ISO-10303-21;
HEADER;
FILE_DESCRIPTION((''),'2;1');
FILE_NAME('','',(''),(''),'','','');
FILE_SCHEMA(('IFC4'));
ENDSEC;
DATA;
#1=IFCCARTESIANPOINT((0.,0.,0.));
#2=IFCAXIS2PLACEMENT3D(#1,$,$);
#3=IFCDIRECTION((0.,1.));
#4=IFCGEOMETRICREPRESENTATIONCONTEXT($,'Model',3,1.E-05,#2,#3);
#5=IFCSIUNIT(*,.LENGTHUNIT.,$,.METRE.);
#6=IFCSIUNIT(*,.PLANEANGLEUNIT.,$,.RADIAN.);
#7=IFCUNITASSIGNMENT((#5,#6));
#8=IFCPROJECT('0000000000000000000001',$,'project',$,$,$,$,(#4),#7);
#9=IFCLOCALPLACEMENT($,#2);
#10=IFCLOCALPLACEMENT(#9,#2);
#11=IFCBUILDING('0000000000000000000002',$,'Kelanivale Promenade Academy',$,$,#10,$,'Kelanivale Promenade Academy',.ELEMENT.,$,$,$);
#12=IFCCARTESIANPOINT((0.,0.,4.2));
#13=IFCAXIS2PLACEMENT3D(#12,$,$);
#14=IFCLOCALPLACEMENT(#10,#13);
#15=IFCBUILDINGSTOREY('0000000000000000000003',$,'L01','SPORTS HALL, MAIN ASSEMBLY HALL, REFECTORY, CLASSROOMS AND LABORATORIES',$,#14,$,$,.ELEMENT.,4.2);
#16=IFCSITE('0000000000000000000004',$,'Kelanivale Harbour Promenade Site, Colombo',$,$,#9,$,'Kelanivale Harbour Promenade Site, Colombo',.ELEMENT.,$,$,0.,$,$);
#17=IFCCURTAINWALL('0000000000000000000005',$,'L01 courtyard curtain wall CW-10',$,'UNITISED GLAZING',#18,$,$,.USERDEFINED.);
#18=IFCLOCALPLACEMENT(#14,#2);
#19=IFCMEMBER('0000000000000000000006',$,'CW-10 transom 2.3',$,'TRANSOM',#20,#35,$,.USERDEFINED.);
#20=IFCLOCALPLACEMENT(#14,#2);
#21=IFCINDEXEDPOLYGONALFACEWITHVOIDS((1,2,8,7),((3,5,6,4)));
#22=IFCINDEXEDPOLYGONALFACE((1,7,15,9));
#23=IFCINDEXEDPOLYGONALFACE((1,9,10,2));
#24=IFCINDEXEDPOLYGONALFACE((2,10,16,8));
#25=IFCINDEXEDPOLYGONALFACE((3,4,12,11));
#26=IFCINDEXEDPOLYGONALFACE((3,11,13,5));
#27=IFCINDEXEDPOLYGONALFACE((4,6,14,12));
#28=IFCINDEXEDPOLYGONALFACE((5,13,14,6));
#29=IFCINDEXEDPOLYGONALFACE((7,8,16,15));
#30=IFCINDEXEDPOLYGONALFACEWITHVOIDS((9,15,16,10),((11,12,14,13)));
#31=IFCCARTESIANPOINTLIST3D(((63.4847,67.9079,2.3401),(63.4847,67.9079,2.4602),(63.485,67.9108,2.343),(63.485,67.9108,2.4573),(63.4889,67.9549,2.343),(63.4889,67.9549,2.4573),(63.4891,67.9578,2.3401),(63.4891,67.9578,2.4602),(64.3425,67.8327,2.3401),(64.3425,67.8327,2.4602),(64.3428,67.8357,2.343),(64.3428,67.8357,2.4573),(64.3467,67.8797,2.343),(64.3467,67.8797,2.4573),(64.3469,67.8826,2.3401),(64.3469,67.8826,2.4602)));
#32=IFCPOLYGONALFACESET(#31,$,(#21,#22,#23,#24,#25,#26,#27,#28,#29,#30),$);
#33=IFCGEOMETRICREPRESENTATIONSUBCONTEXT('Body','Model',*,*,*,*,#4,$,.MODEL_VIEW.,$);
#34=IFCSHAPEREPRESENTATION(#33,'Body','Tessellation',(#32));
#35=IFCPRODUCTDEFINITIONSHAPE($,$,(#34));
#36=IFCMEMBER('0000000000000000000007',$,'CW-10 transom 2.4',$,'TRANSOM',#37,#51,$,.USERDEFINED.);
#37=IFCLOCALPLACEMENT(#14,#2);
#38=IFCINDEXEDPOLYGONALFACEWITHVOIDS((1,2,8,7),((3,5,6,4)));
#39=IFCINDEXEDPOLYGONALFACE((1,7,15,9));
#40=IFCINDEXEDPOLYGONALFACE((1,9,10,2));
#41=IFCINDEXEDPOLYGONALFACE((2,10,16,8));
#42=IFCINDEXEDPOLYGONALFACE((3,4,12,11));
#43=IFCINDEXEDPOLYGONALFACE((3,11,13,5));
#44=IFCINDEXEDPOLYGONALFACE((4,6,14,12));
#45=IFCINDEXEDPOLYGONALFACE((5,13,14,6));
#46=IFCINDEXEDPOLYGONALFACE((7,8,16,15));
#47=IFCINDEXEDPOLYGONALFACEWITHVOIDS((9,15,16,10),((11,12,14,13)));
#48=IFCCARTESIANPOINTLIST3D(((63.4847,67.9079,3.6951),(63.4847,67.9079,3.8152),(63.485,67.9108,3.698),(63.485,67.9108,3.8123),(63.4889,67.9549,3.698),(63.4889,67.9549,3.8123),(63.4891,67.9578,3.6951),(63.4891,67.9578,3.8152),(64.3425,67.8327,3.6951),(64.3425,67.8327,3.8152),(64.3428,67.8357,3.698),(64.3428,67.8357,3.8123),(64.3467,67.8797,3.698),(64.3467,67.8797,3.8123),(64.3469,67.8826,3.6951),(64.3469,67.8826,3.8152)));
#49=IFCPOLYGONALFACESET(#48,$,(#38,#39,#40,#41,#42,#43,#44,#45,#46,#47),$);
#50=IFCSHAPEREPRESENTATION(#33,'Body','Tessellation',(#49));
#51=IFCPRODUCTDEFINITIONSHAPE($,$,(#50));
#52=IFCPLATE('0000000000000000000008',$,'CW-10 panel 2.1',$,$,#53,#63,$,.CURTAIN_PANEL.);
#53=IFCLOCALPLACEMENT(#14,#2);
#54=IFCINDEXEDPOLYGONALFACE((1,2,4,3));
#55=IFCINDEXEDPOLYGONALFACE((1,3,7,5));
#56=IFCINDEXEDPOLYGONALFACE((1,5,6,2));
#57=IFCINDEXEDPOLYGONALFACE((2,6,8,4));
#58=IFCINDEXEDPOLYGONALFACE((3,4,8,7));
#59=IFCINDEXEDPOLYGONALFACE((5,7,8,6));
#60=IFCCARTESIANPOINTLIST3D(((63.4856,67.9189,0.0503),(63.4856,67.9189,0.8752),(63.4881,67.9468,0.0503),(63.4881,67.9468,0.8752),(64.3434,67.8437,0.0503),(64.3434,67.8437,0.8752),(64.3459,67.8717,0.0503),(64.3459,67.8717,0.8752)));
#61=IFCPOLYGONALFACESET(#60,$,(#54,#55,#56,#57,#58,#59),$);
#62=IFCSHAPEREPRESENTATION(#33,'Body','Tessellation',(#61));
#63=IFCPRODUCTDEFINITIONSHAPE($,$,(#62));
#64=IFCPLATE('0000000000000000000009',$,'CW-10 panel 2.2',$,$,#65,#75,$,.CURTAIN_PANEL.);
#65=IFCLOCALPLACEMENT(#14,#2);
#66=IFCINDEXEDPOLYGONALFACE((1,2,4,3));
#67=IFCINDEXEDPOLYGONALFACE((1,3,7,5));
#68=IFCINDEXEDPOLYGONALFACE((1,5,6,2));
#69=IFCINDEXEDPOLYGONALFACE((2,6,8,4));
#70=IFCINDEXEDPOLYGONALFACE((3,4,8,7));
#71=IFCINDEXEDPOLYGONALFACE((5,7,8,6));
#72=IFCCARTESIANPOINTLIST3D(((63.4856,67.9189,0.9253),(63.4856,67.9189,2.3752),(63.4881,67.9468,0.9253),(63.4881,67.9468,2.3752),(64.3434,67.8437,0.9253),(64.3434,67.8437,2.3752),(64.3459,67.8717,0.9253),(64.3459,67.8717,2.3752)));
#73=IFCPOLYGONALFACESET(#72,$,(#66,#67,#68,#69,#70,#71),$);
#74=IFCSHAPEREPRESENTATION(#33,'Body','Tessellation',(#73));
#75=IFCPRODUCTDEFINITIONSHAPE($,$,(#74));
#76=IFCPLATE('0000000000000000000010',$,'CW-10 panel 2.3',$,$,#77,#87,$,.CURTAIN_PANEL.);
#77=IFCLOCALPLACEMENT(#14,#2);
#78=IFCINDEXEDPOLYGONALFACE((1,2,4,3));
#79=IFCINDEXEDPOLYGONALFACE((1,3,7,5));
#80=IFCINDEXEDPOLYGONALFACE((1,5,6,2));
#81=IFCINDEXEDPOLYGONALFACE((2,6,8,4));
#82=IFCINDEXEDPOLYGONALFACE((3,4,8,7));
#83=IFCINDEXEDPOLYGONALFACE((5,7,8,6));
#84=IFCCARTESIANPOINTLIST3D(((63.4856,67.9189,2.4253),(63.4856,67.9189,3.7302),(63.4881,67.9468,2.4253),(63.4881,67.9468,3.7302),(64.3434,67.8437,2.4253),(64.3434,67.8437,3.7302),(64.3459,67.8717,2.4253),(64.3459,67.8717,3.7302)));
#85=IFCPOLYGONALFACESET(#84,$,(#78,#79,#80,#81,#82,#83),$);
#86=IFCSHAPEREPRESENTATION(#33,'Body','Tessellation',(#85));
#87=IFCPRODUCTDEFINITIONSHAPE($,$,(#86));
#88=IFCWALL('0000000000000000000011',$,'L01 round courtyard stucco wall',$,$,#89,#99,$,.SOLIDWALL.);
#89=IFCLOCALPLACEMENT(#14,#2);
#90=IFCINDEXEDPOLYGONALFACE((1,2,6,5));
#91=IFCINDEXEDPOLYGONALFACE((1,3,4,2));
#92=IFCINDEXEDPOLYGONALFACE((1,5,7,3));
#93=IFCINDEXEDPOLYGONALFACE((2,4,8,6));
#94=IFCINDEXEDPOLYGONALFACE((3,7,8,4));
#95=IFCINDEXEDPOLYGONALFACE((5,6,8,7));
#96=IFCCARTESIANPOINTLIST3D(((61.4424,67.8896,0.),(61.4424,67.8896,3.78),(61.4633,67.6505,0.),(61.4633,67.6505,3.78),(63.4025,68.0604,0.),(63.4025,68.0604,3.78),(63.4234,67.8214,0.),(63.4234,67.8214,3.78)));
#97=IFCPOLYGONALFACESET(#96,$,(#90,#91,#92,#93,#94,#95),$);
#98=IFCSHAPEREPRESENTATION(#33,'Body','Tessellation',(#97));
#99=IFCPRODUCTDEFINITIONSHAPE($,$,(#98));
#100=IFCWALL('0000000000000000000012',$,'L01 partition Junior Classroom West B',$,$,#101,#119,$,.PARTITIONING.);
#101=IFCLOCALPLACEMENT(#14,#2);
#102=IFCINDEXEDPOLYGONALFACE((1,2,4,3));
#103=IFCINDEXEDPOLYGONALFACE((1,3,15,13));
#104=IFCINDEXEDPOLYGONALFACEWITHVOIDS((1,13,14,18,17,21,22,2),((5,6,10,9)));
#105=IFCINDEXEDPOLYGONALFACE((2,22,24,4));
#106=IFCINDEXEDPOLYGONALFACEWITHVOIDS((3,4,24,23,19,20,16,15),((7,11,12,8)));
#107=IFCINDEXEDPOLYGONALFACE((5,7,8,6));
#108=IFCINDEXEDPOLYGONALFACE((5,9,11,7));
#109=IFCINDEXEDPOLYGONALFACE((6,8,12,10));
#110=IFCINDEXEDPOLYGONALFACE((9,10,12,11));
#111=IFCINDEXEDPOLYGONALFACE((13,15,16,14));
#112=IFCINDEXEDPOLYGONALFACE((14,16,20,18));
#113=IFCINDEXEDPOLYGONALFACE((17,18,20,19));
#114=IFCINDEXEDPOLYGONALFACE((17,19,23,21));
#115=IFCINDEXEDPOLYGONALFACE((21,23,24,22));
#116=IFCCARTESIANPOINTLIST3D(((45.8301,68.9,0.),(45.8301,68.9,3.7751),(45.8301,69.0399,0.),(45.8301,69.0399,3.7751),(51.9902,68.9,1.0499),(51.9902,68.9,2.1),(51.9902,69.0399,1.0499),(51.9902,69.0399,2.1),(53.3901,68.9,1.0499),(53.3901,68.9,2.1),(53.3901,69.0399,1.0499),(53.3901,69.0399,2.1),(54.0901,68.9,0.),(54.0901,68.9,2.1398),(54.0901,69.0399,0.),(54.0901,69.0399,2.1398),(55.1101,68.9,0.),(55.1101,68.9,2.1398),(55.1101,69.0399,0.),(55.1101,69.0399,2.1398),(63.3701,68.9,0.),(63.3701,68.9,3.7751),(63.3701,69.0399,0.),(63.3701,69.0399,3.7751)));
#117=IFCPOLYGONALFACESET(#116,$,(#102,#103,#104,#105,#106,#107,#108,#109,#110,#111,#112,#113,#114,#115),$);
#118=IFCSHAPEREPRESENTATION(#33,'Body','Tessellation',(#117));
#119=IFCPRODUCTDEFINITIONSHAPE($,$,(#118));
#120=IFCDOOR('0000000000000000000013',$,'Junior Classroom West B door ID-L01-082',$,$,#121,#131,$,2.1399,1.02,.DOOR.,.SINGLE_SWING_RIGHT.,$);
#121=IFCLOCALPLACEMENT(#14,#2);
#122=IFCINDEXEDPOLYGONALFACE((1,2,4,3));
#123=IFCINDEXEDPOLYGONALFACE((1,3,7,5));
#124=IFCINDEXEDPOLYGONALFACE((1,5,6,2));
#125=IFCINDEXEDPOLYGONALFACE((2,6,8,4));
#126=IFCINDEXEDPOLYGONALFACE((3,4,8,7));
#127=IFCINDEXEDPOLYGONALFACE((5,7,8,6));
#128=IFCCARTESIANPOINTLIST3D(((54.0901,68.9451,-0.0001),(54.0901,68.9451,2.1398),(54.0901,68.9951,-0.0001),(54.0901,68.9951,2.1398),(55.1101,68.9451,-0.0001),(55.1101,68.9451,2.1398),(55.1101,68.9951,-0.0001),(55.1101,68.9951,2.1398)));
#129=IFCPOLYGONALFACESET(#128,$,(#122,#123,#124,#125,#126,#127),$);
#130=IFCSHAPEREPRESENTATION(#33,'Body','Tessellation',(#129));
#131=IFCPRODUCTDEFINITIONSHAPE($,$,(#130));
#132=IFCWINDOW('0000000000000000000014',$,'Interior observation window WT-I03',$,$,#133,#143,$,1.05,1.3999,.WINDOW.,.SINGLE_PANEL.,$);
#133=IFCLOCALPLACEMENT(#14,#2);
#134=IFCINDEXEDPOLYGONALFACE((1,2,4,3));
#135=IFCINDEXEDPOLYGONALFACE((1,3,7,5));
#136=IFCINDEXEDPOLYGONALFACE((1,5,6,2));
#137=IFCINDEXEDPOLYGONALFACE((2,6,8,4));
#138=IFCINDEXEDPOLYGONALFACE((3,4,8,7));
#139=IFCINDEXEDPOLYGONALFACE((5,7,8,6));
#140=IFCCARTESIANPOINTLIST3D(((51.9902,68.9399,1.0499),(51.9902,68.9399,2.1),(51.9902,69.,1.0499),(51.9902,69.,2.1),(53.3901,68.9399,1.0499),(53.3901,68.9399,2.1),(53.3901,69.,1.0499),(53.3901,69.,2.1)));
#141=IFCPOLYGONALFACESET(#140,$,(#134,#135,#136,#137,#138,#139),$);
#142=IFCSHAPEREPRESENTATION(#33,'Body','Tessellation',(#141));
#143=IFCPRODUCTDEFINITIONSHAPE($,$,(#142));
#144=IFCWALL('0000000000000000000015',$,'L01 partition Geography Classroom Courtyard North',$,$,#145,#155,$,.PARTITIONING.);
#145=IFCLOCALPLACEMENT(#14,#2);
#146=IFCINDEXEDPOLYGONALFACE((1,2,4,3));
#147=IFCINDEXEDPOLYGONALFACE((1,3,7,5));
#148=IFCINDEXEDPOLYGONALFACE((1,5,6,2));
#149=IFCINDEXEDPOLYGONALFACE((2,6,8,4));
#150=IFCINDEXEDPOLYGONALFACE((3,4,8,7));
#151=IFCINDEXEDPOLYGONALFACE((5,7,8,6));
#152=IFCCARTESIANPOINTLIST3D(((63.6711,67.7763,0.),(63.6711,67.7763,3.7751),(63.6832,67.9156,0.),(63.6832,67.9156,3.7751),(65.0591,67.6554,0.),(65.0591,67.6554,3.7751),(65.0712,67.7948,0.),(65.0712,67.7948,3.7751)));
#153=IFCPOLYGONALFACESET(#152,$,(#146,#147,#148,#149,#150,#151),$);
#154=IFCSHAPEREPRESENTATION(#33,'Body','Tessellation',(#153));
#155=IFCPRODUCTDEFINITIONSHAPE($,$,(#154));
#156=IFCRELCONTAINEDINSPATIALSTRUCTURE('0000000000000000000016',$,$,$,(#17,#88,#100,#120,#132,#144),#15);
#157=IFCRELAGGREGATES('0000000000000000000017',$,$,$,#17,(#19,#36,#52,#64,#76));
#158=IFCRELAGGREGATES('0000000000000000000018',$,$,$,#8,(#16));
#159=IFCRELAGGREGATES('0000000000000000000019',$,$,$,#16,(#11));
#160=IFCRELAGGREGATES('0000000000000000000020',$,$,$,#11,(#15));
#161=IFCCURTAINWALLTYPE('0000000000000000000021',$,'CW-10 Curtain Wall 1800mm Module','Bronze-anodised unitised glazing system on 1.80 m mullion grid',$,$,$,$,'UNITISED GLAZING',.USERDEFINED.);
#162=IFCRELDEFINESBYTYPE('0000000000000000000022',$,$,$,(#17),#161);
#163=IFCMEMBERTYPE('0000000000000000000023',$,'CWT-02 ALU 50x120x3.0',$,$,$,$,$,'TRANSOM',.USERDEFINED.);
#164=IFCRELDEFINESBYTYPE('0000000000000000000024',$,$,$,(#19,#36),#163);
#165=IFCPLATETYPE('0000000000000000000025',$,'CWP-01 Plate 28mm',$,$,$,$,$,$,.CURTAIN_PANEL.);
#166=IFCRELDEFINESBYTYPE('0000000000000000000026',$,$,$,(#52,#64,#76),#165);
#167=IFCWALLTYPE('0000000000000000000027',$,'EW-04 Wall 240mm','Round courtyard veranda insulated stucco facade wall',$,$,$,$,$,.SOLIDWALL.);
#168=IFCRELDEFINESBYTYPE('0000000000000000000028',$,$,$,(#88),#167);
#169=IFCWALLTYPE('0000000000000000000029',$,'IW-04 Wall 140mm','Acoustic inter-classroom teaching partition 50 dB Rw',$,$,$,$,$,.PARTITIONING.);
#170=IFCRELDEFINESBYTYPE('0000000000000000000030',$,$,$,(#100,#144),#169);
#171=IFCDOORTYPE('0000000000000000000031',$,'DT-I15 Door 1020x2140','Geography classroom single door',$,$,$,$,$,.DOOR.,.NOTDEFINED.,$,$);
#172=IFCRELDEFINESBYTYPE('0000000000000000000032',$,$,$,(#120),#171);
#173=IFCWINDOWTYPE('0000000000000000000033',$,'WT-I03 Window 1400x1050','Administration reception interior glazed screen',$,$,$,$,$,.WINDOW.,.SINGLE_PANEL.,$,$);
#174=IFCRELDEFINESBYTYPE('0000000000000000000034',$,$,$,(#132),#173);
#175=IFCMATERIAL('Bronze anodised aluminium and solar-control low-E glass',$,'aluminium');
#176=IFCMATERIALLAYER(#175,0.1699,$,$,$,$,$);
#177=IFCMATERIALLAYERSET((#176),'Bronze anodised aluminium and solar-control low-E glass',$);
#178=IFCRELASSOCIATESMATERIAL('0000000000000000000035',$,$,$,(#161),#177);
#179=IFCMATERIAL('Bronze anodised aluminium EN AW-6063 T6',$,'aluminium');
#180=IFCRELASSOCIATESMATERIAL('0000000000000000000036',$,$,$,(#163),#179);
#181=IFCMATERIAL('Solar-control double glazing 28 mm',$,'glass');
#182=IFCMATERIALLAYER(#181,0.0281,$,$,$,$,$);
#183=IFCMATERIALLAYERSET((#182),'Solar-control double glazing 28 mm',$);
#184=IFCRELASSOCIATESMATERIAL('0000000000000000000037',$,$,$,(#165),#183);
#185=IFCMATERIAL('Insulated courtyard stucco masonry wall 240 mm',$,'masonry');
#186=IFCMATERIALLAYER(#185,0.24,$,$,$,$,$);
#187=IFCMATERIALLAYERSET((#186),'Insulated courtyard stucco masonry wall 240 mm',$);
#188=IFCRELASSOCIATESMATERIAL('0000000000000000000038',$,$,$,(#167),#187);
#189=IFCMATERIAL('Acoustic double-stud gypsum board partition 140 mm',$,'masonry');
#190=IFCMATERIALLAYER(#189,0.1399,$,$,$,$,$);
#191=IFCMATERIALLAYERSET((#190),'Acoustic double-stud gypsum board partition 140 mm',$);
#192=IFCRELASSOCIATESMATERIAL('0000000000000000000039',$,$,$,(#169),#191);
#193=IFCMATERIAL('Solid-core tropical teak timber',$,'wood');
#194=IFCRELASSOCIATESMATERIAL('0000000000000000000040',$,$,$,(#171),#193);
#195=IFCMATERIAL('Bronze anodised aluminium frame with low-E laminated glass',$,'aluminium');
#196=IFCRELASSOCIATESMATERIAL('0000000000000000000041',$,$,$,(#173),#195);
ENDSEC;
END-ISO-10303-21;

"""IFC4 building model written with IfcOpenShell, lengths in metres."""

from ifc_helpers import new_model, si_unit, direction, frame, frame_2d, origin, origin_2d, place, context, subcontext, project, spatial, rectangle, hollow_rectangle, extrude, material, layer, layer_set, material_profile, profile_set, type_object, element, fill, aggregate, save


model = new_model("IFC4")

# Units and contexts
model_context = context("Model", 3, precision=1e-05, world=origin(), true_north=direction((0.0, 1.0)))
body_context = subcontext(model_context, "Body", "Model", "MODEL_VIEW")
ifc_project = project(units=[si_unit("LENGTHUNIT", "METRE"), si_unit("PLANEANGLEUNIT", "RADIAN")], contexts=[model_context])

# Site, building, storey
site_placement = place(None, origin())
site = spatial("IfcSite", under=ifc_project, at=site_placement, Name="Kelanivale Harbour Promenade Site, Colombo", LongName="Kelanivale Harbour Promenade Site, Colombo", CompositionType="ELEMENT", RefElevation=0.0)
building_placement = place(site_placement, origin())
building = spatial("IfcBuilding", under=site, at=building_placement, Name="Kelanivale Promenade Academy", LongName="Kelanivale Promenade Academy", CompositionType="ELEMENT")
storey_placement = place(building_placement, frame((0.0, 0.0, 4.2)))
storey = spatial("IfcBuildingStorey", under=building, at=storey_placement, Name="L01", Description="SPORTS HALL, MAIN ASSEMBLY HALL, REFECTORY, CLASSROOMS AND LABORATORIES", CompositionType="ELEMENT", Elevation=4.2)

# Curtain wall
ifc_material_1 = material(Name="Bronze anodised aluminium and solar-control low-E glass", Category="aluminium")
ifc_layer_1 = layer(ifc_material_1, 0.1699)
ifc_layer_set_1 = layer_set([ifc_layer_1], Name="Bronze anodised aluminium and solar-control low-E glass")
curtain_wall_type_1 = type_object("IfcCurtainWallType", Name="CW-10 Curtain Wall 1800mm Module", Description="Bronze-anodised unitised glazing system on 1.80 m mullion grid", ElementType="UNITISED GLAZING", PredefinedType="USERDEFINED", material=ifc_layer_set_1)
curtain_wall_1_placement = place(storey_placement, origin())
curtain_wall_1 = element("IfcCurtainWall", 1, at=curtain_wall_1_placement, inside=storey, type_object=curtain_wall_type_1, Name="L01 courtyard curtain wall CW-10", ObjectType="UNITISED GLAZING", PredefinedType="USERDEFINED")
ifc_material_2 = material(Name="Bronze anodised aluminium EN AW-6063 T6", Category="aluminium")

# Members
ifc_material_profile_1 = material_profile(ifc_material_2, hollow_rectangle(XDim=0.05, YDim=0.1201, WallThickness=0.0029, at=origin_2d()), Name="ALU 50x120x3.0")
ifc_profile_set_1 = profile_set([ifc_material_profile_1], Name="Bronze anodised aluminium EN AW-6063 T6")
member_type_1 = type_object("IfcMemberType", Name="CWT-02 ALU 50x120x3.0", ElementType="TRANSOM", PredefinedType="USERDEFINED", material=ifc_profile_set_1)
member_1_placement = place(storey_placement, frame((64.3447, 67.8577, 2.4001), z_axis=(-0.996181, 0.087315, 0.0), x_axis=(-0.087315, -0.996181, 0.0)))
member_1 = element("IfcMember", 2, at=member_1_placement, type_object=member_type_1, Name="CW-10 transom 2.3", ObjectType="TRANSOM", PredefinedType="USERDEFINED", context=body_context, shape_type="SweptSolid", body=[
    extrude(hollow_rectangle(XDim=0.05, YDim=0.1201, WallThickness=0.0029, at=origin_2d()), origin(), (0.0, 0.0, 1.0), 0.8611),
])
member_2_placement = place(storey_placement, frame((64.3447, 67.8577, 3.7551), z_axis=(-0.996181, 0.087315, 0.0), x_axis=(-0.087315, -0.996181, 0.0)))
member_2 = element("IfcMember", 3, at=member_2_placement, type_object=member_type_1, Name="CW-10 transom 2.4", ObjectType="TRANSOM", PredefinedType="USERDEFINED", context=body_context, shape_type="SweptSolid", body=[
    extrude(hollow_rectangle(XDim=0.05, YDim=0.1201, WallThickness=0.0029, at=origin_2d()), origin(), (0.0, 0.0, 1.0), 0.8611),
])

# Plates
ifc_material_3 = material(Name="Solar-control double glazing 28 mm", Category="glass")
ifc_layer_2 = layer(ifc_material_3, 0.0281)
ifc_layer_set_2 = layer_set([ifc_layer_2], Name="Solar-control double glazing 28 mm")
plate_type = type_object("IfcPlateType", Name="CWP-01 Plate 28mm", PredefinedType="CURTAIN_PANEL", material=ifc_layer_set_2)
plate_1_placement = place(storey_placement, frame((63.9158, 67.8953, 0.0503), z_axis=(0.0, 0.0, 1.0), x_axis=(-0.996185, 0.087265, 0.0)))
plate_1 = element("IfcPlate", 4, at=plate_1_placement, type_object=plate_type, Name="CW-10 panel 2.1", PredefinedType="CURTAIN_PANEL", context=body_context, shape_type="SweptSolid", body=[
    extrude(rectangle(XDim=0.8611, YDim=0.0281, at=origin_2d()), origin(), (0.0, 0.0, 1.0), 0.825),
])
plate_2_placement = place(storey_placement, frame((63.9158, 67.8953, 0.9253), z_axis=(0.0, 0.0, 1.0), x_axis=(-0.996185, 0.087265, 0.0)))
plate_2 = element("IfcPlate", 5, at=plate_2_placement, type_object=plate_type, Name="CW-10 panel 2.2", PredefinedType="CURTAIN_PANEL", context=body_context, shape_type="SweptSolid", body=[
    extrude(rectangle(XDim=0.8611, YDim=0.0281, at=origin_2d()), origin(), (0.0, 0.0, 1.0), 1.45),
])
plate_3_placement = place(storey_placement, frame((63.9158, 67.8953, 2.4253), z_axis=(0.0, 0.0, 1.0), x_axis=(-0.996185, 0.087265, 0.0)))
plate_3 = element("IfcPlate", 6, at=plate_3_placement, type_object=plate_type, Name="CW-10 panel 2.3", PredefinedType="CURTAIN_PANEL", context=body_context, shape_type="SweptSolid", body=[
    extrude(rectangle(XDim=0.8611, YDim=0.0281, at=origin_2d()), origin(), (0.0, 0.0, 1.0), 1.3049),
])
aggregate(curtain_wall_1, [member_1, member_2, plate_1, plate_2, plate_3])

# Wall
ifc_material_4 = material(Name="Insulated courtyard stucco masonry wall 240 mm", Category="masonry")
ifc_layer_3 = layer(ifc_material_4, 0.24)
ifc_layer_set_3 = layer_set([ifc_layer_3], Name="Insulated courtyard stucco masonry wall 240 mm")
wall_type_1 = type_object("IfcWallType", Name="EW-04 Wall 240mm", Description="Round courtyard veranda insulated stucco facade wall", PredefinedType="SOLIDWALL", material=ifc_layer_set_3)
wall_1_placement = place(storey_placement, frame((63.4131, 67.9409, 0.0), z_axis=(0.0, 0.0, 1.0), x_axis=(-0.996221, -0.086854, 0.0)))
element("IfcWall", 7, at=wall_1_placement, inside=storey, type_object=wall_type_1, Name="L01 round courtyard stucco wall", PredefinedType="SOLIDWALL", context=body_context, shape_type="SweptSolid", body=[
    extrude(rectangle(XDim=1.9675, YDim=0.24, at=frame_2d((0.9839, 0.0))), origin(), (0.0, 0.0, 1.0), 3.78),
])

# Wall, openings, door, window
ifc_material_5 = material(Name="Acoustic double-stud gypsum board partition 140 mm", Category="masonry")
ifc_layer_4 = layer(ifc_material_5, 0.1399)
ifc_layer_set_4 = layer_set([ifc_layer_4], Name="Acoustic double-stud gypsum board partition 140 mm")
wall_type_2 = type_object("IfcWallType", Name="IW-04 Wall 140mm", Description="Acoustic inter-classroom teaching partition 50 dB Rw", PredefinedType="PARTITIONING", material=ifc_layer_set_4)
wall_2_placement = place(storey_placement, frame((63.3701, 68.97, 0.0), z_axis=(0.0, 0.0, 1.0), x_axis=(-1.0, 0.0, 0.0)))
wall_2 = element("IfcWall", 8, at=wall_2_placement, inside=storey, type_object=wall_type_2, Name="L01 partition Junior Classroom West B", PredefinedType="PARTITIONING", context=body_context, shape_type="SweptSolid", body=[
    extrude(rectangle(XDim=17.54, YDim=0.1399, at=frame_2d((8.77, 0.0))), origin(), (0.0, 0.0, 1.0), 3.7751),
])
opening_1_placement = place(wall_2_placement, frame((8.26, 0.0, 0.0)))
opening_1 = element("IfcOpeningElement", 9, at=opening_1_placement, cuts=wall_2, PredefinedType="OPENING", context=body_context, shape_type="SweptSolid", body=[
    extrude(rectangle(XDim=1.02, YDim=2.1399, at=frame_2d((0.51, 1.0698))), frame((0.0, 0.0801, 0.0), z_axis=(0.0, -1.0, 0.0), x_axis=(1.0, 0.0, 0.0)), (0.0, 0.0, 1.0), 0.1599),
])
opening_2_placement = place(wall_2_placement, frame((9.98, 0.0, 1.05)))
opening_2 = element("IfcOpeningElement", 10, at=opening_2_placement, cuts=wall_2, PredefinedType="OPENING", context=body_context, shape_type="SweptSolid", body=[
    extrude(rectangle(XDim=1.3999, YDim=1.05, at=frame_2d((0.7, 0.5249))), frame((0.0, 0.0801, 0.0), z_axis=(0.0, -1.0, 0.0), x_axis=(1.0, 0.0, 0.0)), (0.0, 0.0, 1.0), 0.1599),
])
ifc_material_6 = material(Name="Solid-core tropical teak timber", Category="wood")
door_type = type_object("IfcDoorType", Name="DT-I15 Door 1020x2140", Description="Geography classroom single door", OperationType="NOTDEFINED", PredefinedType="DOOR", material=ifc_material_6)
door_placement = place(opening_1_placement, origin())
door = element("IfcDoor", 11, at=door_placement, inside=storey, type_object=door_type, Name="Junior Classroom West B door ID-L01-082", OperationType="SINGLE_SWING_RIGHT", OverallHeight=2.1399, OverallWidth=1.02, PredefinedType="DOOR", context=body_context, shape_type="SweptSolid", body=[
    extrude(rectangle(XDim=1.02, YDim=2.1399, at=frame_2d((0.51, 1.0698))), frame((0.0, 0.0249, 0.0), z_axis=(0.0, -1.0, 0.0), x_axis=(1.0, 0.0, 0.0)), (0.0, 0.0, 1.0), 0.05),
])
fill(opening_1, door)
ifc_material_7 = material(Name="Bronze anodised aluminium frame with low-E laminated glass", Category="aluminium")
window_type = type_object("IfcWindowType", Name="WT-I03 Window 1400x1050", Description="Administration reception interior glazed screen", PartitioningType="SINGLE_PANEL", PredefinedType="WINDOW", material=ifc_material_7)
window_placement = place(opening_2_placement, origin())
window = element("IfcWindow", 12, at=window_placement, inside=storey, type_object=window_type, Name="Interior observation window WT-I03", OverallHeight=1.05, OverallWidth=1.3999, PartitioningType="SINGLE_PANEL", PredefinedType="WINDOW", context=body_context, shape_type="SweptSolid", body=[
    extrude(rectangle(XDim=1.3999, YDim=1.05, at=frame_2d((0.7, 0.5249))), frame((0.0, 0.03, 0.0), z_axis=(0.0, -1.0, 0.0), x_axis=(1.0, 0.0, 0.0)), (0.0, 0.0, 1.0), 0.0601),
])
fill(opening_2, window)

# Wall
wall_3_placement = place(storey_placement, frame((63.677, 67.8459, 0.0), z_axis=(0.0, 0.0, 1.0), x_axis=(0.996231, -0.086743, 0.0)))
element("IfcWall", 13, at=wall_3_placement, inside=storey, type_object=wall_type_2, Name="L01 partition Geography Classroom Courtyard North", PredefinedType="PARTITIONING", context=body_context, shape_type="SweptSolid", body=[
    extrude(rectangle(XDim=1.3933, YDim=0.1399, at=frame_2d((0.6968, 0.0))), origin(), (0.0, 0.0, 1.0), 3.7751),
])

save(model, "model.ifc")
